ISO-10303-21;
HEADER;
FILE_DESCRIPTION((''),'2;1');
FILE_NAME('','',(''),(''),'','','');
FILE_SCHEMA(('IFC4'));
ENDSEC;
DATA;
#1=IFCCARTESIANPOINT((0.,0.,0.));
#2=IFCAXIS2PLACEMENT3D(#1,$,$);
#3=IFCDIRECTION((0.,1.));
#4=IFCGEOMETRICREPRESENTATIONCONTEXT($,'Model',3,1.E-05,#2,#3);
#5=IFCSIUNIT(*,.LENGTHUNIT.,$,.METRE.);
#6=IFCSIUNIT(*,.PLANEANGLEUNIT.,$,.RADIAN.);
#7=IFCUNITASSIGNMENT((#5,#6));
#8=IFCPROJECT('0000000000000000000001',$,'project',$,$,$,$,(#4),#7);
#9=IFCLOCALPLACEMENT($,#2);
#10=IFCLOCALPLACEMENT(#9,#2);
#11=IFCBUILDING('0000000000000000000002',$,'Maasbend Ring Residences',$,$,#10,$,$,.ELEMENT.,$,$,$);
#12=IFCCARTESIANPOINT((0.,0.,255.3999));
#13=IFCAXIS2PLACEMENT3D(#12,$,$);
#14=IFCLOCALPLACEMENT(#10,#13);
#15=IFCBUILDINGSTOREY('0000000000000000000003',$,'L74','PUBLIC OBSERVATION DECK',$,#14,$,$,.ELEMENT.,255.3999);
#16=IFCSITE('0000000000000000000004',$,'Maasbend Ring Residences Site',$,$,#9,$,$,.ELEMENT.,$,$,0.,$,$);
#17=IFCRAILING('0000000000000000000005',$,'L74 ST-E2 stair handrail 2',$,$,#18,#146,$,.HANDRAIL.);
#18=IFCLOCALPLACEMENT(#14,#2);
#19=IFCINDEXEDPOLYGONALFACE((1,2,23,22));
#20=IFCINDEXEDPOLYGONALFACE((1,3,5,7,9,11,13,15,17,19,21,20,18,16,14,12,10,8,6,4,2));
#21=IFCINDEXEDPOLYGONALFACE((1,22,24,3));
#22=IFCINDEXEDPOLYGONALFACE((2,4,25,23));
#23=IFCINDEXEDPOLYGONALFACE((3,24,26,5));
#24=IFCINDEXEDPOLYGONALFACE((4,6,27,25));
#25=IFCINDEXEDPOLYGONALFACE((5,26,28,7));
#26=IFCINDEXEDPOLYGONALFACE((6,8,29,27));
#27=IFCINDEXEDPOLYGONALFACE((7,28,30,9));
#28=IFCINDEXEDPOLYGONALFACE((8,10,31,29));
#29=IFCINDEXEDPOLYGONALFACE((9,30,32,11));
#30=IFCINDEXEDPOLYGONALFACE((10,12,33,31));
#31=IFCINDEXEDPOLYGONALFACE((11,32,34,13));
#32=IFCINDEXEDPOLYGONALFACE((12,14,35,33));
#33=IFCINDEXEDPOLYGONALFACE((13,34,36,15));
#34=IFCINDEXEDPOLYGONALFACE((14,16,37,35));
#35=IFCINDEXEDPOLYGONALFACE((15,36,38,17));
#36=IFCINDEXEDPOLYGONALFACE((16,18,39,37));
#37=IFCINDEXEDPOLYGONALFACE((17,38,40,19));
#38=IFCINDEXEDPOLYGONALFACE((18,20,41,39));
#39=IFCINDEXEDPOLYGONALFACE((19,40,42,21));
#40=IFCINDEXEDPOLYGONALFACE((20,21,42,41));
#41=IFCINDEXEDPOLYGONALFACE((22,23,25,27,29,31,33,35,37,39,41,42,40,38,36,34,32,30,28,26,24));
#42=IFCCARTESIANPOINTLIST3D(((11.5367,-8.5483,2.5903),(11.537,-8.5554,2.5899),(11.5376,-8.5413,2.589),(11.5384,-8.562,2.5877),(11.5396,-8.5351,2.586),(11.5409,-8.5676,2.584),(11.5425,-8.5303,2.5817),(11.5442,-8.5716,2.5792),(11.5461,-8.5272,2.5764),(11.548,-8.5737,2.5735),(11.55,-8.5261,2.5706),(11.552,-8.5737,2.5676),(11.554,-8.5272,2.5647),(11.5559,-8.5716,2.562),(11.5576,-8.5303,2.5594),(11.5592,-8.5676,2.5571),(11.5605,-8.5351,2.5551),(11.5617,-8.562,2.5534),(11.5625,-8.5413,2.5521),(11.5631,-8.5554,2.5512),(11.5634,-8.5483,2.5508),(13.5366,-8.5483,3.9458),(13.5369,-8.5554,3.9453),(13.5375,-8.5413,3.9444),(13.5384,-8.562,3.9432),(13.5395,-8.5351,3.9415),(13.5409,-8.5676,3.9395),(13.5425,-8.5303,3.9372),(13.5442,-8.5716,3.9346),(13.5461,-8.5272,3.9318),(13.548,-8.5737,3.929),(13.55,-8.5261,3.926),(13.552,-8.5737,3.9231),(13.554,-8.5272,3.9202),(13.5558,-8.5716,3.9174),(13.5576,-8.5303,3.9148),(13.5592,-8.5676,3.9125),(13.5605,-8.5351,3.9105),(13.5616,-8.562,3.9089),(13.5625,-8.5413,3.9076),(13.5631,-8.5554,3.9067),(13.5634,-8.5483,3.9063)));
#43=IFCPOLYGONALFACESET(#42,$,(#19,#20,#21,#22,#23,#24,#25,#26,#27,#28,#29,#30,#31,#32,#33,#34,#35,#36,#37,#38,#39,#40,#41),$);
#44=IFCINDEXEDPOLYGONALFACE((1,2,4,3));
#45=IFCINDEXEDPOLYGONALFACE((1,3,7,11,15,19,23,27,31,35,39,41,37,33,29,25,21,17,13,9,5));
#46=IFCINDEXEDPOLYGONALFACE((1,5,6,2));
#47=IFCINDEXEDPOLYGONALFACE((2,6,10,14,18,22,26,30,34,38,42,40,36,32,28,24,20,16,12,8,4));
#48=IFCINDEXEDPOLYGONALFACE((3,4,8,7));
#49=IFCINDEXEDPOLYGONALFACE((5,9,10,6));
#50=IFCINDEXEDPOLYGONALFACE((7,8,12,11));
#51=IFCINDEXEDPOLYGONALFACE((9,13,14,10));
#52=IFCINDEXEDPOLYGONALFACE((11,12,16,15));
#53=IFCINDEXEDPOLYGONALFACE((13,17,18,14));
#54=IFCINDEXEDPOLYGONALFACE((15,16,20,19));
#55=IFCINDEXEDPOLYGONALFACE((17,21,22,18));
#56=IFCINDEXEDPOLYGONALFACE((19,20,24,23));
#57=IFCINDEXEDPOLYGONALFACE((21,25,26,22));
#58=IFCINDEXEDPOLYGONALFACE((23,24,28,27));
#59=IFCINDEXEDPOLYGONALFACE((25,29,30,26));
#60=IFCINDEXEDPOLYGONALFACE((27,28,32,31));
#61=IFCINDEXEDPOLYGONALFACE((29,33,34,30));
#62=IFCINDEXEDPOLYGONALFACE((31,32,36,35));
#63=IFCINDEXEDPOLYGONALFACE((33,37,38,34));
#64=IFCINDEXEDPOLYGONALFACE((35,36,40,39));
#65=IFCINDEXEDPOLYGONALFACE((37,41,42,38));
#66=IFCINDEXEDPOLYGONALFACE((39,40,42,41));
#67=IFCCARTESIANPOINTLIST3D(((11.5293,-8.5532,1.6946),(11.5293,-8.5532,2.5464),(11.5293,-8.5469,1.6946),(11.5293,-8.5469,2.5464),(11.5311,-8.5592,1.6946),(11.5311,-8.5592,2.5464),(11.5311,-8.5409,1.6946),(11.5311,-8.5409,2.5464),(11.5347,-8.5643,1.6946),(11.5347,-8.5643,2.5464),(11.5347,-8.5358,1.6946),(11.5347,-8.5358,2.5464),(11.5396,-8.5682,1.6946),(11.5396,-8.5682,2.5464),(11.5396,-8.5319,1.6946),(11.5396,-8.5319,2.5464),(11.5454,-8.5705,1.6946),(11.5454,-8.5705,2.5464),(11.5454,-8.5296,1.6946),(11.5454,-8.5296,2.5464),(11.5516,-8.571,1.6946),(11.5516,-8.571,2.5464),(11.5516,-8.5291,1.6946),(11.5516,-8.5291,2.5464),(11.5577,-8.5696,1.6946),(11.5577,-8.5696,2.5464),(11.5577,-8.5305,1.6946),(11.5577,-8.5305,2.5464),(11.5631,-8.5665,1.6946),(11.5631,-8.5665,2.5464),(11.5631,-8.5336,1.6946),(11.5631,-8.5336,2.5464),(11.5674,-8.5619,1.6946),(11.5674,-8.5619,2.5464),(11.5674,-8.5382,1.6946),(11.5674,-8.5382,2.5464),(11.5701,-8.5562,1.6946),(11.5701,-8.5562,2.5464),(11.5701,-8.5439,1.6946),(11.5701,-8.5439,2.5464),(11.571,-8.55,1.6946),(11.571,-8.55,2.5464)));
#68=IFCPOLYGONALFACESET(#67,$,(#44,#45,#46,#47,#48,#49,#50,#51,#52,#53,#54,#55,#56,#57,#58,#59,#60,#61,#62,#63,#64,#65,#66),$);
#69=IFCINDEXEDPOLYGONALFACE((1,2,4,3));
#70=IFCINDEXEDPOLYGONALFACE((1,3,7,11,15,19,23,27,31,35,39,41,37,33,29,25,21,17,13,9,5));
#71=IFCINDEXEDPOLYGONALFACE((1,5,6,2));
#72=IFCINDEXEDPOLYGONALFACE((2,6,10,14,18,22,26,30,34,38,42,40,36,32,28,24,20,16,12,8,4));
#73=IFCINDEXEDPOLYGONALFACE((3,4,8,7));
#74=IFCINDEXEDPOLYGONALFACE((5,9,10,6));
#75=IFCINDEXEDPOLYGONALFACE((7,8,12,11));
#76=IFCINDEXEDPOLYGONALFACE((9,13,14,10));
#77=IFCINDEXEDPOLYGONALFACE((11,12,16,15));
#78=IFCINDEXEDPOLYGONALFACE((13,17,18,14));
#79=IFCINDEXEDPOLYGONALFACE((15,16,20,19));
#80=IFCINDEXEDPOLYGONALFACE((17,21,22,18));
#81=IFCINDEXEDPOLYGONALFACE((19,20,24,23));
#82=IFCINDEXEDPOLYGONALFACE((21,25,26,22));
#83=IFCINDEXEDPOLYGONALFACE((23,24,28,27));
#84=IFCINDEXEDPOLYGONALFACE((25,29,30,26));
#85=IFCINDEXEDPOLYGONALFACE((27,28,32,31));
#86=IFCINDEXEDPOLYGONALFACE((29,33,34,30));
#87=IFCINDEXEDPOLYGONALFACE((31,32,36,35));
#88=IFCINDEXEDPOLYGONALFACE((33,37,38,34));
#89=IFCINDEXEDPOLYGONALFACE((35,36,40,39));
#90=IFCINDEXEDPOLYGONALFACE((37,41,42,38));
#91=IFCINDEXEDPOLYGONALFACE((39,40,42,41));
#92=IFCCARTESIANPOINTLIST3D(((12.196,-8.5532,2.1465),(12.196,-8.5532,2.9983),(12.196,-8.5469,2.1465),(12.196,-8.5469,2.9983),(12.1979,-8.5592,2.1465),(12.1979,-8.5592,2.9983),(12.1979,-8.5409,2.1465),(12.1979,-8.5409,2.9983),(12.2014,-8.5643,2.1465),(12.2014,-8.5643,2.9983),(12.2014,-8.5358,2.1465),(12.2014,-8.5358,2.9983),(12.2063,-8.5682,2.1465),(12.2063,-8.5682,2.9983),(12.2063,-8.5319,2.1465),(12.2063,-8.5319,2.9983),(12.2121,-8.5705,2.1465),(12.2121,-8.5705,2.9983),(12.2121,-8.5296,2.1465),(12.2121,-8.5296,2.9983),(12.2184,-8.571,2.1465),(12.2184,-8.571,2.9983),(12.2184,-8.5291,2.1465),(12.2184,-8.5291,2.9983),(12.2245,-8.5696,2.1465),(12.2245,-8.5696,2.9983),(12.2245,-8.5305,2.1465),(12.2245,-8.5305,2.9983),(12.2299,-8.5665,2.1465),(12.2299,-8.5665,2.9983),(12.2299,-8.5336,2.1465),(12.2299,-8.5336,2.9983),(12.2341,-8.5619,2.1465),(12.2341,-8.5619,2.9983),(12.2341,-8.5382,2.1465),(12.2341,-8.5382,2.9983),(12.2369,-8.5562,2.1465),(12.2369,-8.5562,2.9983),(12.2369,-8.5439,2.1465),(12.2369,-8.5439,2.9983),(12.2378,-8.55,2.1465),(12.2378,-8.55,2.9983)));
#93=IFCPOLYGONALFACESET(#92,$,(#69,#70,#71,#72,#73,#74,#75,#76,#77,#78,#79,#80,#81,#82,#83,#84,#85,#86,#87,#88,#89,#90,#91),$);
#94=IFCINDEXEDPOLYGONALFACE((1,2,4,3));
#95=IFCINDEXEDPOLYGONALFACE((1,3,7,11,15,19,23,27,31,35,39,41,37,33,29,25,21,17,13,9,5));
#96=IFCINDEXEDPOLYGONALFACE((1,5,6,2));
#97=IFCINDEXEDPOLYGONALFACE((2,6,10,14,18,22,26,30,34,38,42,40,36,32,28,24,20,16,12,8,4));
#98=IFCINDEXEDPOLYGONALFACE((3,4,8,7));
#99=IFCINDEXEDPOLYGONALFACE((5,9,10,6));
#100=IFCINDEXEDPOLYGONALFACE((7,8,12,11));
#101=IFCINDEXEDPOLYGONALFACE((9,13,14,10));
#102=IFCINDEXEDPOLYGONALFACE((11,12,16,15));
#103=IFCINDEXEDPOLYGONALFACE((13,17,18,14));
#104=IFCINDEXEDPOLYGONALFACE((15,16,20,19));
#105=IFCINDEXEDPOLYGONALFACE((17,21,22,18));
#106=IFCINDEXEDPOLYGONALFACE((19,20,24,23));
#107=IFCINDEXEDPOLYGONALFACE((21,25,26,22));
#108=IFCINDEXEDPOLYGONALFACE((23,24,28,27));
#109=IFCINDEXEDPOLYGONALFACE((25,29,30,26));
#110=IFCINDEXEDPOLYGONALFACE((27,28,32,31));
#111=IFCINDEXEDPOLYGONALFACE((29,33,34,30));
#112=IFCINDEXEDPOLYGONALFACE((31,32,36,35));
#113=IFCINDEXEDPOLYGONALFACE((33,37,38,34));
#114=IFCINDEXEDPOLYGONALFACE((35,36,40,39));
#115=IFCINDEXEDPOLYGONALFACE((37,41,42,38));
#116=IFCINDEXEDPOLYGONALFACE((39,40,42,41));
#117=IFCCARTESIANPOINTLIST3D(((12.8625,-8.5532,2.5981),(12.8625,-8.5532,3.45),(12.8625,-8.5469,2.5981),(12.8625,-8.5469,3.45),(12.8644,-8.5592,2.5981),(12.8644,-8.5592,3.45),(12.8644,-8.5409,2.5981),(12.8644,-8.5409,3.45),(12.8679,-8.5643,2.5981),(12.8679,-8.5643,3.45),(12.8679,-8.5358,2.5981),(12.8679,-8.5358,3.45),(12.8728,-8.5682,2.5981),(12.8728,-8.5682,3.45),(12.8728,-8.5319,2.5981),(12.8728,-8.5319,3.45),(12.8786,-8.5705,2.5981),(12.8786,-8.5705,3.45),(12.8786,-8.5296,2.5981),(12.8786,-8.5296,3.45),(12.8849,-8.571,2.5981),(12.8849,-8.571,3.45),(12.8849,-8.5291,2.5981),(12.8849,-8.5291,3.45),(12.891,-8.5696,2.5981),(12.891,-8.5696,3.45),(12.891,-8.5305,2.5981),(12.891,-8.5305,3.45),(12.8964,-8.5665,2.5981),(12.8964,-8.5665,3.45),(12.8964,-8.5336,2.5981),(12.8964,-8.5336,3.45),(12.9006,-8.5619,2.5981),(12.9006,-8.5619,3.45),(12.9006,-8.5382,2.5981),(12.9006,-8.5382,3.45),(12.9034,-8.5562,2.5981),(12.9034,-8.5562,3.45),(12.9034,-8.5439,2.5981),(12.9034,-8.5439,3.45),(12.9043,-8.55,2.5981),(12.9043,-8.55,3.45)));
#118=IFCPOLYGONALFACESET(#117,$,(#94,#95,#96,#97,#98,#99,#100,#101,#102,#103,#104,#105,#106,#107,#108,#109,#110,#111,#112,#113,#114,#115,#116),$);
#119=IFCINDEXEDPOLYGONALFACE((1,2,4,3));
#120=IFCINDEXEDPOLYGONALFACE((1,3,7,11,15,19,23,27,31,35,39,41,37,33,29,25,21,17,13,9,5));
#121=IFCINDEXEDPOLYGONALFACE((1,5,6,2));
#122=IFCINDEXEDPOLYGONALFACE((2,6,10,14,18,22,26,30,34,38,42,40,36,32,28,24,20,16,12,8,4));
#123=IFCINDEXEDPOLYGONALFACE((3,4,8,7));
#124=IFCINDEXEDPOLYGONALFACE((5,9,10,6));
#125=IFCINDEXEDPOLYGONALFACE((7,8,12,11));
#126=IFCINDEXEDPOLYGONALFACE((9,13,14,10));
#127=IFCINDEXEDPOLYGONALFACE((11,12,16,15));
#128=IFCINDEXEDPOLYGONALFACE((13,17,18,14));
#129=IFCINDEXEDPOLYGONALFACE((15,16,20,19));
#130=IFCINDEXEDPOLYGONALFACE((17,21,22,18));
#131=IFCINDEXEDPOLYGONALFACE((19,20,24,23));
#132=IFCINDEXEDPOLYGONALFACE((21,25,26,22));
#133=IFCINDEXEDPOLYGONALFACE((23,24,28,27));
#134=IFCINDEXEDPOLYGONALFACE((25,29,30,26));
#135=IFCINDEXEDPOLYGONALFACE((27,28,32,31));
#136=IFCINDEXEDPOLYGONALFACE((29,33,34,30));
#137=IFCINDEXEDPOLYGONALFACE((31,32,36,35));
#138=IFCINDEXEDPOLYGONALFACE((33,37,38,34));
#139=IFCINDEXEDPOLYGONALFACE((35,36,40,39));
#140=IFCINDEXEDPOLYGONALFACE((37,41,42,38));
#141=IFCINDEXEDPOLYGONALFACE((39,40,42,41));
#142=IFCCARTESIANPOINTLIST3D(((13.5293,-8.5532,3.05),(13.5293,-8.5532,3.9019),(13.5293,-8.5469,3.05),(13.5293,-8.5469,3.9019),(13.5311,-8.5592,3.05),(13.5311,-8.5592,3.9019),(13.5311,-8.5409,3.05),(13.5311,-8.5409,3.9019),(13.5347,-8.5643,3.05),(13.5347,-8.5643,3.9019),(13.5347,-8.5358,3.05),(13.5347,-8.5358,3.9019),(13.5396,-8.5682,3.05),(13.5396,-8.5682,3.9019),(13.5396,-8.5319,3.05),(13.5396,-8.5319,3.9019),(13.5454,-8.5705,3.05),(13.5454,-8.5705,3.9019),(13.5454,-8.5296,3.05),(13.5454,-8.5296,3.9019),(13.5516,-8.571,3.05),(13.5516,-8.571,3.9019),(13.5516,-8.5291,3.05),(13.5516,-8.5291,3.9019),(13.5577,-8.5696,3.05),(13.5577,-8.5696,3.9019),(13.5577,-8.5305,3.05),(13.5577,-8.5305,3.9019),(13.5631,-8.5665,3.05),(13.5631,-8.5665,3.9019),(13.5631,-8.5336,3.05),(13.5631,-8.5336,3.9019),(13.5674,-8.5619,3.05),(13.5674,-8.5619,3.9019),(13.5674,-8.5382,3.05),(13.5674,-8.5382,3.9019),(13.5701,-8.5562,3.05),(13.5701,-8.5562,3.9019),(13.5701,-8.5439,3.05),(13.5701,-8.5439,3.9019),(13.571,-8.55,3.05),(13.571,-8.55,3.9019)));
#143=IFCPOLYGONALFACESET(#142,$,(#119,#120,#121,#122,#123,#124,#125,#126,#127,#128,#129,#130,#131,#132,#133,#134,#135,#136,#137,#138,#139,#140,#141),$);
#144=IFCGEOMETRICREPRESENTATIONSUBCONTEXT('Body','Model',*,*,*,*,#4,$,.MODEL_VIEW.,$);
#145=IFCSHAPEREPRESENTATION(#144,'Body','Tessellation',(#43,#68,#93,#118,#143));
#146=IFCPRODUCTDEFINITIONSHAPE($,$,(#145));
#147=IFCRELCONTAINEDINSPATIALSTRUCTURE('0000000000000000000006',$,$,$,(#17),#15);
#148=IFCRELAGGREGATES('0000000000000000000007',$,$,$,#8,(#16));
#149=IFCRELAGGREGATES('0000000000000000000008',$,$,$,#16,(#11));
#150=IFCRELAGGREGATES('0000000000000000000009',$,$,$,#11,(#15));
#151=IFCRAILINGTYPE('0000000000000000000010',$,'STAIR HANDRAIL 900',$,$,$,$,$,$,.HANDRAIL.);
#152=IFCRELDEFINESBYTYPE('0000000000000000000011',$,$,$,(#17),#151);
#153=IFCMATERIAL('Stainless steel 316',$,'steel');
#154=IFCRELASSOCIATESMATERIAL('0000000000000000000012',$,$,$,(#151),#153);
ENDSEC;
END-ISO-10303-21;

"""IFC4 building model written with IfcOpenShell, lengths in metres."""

from ifc_helpers import new_model, si_unit, direction, frame, origin, origin_2d, place, context, subcontext, project, spatial, circle, extrude, material, type_object, element, save


model = new_model("IFC4")

# Units and contexts
model_context = context("Model", 3, precision=1e-05, world=origin(), true_north=direction((0.0, 1.0)))
body_context = subcontext(model_context, "Body", "Model", "MODEL_VIEW")
ifc_project = project(units=[si_unit("LENGTHUNIT", "METRE"), si_unit("PLANEANGLEUNIT", "RADIAN")], contexts=[model_context])

# Site, building, storey
site_placement = place(None, origin())
site = spatial("IfcSite", under=ifc_project, at=site_placement, Name="Maasbend Ring Residences Site", CompositionType="ELEMENT", RefElevation=0.0)
building_placement = place(site_placement, origin())
building = spatial("IfcBuilding", under=site, at=building_placement, Name="Maasbend Ring Residences", CompositionType="ELEMENT")
storey_placement = place(building_placement, frame((0.0, 0.0, 255.3999)))
storey = spatial("IfcBuildingStorey", under=building, at=storey_placement, Name="L74", Description="PUBLIC OBSERVATION DECK", CompositionType="ELEMENT", Elevation=255.3999)

# Railing
ifc_material_1 = material(Name="Stainless steel 316", Category="steel")
railing_type_1 = type_object("IfcRailingType", Name="STAIR HANDRAIL 900", PredefinedType="HANDRAIL", material=ifc_material_1)
railing_1_placement = place(storey_placement, frame((11.55, -8.55, 1.6946)))
element("IfcRailing", 1, at=railing_1_placement, inside=storey, type_object=railing_type_1, Name="L74 ST-E2 stair handrail 2", PredefinedType="HANDRAIL", context=body_context, shape_type="SweptSolid", body=[
    extrude(circle(Radius=0.0239, at=origin_2d()), frame((0.0, 0.0, 0.876), z_axis=(0.827798, 0.0, 0.561027), x_axis=(0.0, 1.0, 0.0)), (0.0, 0.0, 1.0), 2.416),
    extrude(circle(Radius=0.021, at=origin_2d()), origin(), (0.0, 0.0, 1.0), 0.8518),
    extrude(circle(Radius=0.021, at=origin_2d()), frame((0.6667, 0.0, 0.4519)), (0.0, 0.0, 1.0), 0.8518),
    extrude(circle(Radius=0.021, at=origin_2d()), frame((1.3333, 0.0, 0.9036)), (0.0, 0.0, 1.0), 0.8518),
    extrude(circle(Radius=0.021, at=origin_2d()), frame((2.0, 0.0, 1.3555)), (0.0, 0.0, 1.0), 0.8518),
])

save(model, "model.ifc")
